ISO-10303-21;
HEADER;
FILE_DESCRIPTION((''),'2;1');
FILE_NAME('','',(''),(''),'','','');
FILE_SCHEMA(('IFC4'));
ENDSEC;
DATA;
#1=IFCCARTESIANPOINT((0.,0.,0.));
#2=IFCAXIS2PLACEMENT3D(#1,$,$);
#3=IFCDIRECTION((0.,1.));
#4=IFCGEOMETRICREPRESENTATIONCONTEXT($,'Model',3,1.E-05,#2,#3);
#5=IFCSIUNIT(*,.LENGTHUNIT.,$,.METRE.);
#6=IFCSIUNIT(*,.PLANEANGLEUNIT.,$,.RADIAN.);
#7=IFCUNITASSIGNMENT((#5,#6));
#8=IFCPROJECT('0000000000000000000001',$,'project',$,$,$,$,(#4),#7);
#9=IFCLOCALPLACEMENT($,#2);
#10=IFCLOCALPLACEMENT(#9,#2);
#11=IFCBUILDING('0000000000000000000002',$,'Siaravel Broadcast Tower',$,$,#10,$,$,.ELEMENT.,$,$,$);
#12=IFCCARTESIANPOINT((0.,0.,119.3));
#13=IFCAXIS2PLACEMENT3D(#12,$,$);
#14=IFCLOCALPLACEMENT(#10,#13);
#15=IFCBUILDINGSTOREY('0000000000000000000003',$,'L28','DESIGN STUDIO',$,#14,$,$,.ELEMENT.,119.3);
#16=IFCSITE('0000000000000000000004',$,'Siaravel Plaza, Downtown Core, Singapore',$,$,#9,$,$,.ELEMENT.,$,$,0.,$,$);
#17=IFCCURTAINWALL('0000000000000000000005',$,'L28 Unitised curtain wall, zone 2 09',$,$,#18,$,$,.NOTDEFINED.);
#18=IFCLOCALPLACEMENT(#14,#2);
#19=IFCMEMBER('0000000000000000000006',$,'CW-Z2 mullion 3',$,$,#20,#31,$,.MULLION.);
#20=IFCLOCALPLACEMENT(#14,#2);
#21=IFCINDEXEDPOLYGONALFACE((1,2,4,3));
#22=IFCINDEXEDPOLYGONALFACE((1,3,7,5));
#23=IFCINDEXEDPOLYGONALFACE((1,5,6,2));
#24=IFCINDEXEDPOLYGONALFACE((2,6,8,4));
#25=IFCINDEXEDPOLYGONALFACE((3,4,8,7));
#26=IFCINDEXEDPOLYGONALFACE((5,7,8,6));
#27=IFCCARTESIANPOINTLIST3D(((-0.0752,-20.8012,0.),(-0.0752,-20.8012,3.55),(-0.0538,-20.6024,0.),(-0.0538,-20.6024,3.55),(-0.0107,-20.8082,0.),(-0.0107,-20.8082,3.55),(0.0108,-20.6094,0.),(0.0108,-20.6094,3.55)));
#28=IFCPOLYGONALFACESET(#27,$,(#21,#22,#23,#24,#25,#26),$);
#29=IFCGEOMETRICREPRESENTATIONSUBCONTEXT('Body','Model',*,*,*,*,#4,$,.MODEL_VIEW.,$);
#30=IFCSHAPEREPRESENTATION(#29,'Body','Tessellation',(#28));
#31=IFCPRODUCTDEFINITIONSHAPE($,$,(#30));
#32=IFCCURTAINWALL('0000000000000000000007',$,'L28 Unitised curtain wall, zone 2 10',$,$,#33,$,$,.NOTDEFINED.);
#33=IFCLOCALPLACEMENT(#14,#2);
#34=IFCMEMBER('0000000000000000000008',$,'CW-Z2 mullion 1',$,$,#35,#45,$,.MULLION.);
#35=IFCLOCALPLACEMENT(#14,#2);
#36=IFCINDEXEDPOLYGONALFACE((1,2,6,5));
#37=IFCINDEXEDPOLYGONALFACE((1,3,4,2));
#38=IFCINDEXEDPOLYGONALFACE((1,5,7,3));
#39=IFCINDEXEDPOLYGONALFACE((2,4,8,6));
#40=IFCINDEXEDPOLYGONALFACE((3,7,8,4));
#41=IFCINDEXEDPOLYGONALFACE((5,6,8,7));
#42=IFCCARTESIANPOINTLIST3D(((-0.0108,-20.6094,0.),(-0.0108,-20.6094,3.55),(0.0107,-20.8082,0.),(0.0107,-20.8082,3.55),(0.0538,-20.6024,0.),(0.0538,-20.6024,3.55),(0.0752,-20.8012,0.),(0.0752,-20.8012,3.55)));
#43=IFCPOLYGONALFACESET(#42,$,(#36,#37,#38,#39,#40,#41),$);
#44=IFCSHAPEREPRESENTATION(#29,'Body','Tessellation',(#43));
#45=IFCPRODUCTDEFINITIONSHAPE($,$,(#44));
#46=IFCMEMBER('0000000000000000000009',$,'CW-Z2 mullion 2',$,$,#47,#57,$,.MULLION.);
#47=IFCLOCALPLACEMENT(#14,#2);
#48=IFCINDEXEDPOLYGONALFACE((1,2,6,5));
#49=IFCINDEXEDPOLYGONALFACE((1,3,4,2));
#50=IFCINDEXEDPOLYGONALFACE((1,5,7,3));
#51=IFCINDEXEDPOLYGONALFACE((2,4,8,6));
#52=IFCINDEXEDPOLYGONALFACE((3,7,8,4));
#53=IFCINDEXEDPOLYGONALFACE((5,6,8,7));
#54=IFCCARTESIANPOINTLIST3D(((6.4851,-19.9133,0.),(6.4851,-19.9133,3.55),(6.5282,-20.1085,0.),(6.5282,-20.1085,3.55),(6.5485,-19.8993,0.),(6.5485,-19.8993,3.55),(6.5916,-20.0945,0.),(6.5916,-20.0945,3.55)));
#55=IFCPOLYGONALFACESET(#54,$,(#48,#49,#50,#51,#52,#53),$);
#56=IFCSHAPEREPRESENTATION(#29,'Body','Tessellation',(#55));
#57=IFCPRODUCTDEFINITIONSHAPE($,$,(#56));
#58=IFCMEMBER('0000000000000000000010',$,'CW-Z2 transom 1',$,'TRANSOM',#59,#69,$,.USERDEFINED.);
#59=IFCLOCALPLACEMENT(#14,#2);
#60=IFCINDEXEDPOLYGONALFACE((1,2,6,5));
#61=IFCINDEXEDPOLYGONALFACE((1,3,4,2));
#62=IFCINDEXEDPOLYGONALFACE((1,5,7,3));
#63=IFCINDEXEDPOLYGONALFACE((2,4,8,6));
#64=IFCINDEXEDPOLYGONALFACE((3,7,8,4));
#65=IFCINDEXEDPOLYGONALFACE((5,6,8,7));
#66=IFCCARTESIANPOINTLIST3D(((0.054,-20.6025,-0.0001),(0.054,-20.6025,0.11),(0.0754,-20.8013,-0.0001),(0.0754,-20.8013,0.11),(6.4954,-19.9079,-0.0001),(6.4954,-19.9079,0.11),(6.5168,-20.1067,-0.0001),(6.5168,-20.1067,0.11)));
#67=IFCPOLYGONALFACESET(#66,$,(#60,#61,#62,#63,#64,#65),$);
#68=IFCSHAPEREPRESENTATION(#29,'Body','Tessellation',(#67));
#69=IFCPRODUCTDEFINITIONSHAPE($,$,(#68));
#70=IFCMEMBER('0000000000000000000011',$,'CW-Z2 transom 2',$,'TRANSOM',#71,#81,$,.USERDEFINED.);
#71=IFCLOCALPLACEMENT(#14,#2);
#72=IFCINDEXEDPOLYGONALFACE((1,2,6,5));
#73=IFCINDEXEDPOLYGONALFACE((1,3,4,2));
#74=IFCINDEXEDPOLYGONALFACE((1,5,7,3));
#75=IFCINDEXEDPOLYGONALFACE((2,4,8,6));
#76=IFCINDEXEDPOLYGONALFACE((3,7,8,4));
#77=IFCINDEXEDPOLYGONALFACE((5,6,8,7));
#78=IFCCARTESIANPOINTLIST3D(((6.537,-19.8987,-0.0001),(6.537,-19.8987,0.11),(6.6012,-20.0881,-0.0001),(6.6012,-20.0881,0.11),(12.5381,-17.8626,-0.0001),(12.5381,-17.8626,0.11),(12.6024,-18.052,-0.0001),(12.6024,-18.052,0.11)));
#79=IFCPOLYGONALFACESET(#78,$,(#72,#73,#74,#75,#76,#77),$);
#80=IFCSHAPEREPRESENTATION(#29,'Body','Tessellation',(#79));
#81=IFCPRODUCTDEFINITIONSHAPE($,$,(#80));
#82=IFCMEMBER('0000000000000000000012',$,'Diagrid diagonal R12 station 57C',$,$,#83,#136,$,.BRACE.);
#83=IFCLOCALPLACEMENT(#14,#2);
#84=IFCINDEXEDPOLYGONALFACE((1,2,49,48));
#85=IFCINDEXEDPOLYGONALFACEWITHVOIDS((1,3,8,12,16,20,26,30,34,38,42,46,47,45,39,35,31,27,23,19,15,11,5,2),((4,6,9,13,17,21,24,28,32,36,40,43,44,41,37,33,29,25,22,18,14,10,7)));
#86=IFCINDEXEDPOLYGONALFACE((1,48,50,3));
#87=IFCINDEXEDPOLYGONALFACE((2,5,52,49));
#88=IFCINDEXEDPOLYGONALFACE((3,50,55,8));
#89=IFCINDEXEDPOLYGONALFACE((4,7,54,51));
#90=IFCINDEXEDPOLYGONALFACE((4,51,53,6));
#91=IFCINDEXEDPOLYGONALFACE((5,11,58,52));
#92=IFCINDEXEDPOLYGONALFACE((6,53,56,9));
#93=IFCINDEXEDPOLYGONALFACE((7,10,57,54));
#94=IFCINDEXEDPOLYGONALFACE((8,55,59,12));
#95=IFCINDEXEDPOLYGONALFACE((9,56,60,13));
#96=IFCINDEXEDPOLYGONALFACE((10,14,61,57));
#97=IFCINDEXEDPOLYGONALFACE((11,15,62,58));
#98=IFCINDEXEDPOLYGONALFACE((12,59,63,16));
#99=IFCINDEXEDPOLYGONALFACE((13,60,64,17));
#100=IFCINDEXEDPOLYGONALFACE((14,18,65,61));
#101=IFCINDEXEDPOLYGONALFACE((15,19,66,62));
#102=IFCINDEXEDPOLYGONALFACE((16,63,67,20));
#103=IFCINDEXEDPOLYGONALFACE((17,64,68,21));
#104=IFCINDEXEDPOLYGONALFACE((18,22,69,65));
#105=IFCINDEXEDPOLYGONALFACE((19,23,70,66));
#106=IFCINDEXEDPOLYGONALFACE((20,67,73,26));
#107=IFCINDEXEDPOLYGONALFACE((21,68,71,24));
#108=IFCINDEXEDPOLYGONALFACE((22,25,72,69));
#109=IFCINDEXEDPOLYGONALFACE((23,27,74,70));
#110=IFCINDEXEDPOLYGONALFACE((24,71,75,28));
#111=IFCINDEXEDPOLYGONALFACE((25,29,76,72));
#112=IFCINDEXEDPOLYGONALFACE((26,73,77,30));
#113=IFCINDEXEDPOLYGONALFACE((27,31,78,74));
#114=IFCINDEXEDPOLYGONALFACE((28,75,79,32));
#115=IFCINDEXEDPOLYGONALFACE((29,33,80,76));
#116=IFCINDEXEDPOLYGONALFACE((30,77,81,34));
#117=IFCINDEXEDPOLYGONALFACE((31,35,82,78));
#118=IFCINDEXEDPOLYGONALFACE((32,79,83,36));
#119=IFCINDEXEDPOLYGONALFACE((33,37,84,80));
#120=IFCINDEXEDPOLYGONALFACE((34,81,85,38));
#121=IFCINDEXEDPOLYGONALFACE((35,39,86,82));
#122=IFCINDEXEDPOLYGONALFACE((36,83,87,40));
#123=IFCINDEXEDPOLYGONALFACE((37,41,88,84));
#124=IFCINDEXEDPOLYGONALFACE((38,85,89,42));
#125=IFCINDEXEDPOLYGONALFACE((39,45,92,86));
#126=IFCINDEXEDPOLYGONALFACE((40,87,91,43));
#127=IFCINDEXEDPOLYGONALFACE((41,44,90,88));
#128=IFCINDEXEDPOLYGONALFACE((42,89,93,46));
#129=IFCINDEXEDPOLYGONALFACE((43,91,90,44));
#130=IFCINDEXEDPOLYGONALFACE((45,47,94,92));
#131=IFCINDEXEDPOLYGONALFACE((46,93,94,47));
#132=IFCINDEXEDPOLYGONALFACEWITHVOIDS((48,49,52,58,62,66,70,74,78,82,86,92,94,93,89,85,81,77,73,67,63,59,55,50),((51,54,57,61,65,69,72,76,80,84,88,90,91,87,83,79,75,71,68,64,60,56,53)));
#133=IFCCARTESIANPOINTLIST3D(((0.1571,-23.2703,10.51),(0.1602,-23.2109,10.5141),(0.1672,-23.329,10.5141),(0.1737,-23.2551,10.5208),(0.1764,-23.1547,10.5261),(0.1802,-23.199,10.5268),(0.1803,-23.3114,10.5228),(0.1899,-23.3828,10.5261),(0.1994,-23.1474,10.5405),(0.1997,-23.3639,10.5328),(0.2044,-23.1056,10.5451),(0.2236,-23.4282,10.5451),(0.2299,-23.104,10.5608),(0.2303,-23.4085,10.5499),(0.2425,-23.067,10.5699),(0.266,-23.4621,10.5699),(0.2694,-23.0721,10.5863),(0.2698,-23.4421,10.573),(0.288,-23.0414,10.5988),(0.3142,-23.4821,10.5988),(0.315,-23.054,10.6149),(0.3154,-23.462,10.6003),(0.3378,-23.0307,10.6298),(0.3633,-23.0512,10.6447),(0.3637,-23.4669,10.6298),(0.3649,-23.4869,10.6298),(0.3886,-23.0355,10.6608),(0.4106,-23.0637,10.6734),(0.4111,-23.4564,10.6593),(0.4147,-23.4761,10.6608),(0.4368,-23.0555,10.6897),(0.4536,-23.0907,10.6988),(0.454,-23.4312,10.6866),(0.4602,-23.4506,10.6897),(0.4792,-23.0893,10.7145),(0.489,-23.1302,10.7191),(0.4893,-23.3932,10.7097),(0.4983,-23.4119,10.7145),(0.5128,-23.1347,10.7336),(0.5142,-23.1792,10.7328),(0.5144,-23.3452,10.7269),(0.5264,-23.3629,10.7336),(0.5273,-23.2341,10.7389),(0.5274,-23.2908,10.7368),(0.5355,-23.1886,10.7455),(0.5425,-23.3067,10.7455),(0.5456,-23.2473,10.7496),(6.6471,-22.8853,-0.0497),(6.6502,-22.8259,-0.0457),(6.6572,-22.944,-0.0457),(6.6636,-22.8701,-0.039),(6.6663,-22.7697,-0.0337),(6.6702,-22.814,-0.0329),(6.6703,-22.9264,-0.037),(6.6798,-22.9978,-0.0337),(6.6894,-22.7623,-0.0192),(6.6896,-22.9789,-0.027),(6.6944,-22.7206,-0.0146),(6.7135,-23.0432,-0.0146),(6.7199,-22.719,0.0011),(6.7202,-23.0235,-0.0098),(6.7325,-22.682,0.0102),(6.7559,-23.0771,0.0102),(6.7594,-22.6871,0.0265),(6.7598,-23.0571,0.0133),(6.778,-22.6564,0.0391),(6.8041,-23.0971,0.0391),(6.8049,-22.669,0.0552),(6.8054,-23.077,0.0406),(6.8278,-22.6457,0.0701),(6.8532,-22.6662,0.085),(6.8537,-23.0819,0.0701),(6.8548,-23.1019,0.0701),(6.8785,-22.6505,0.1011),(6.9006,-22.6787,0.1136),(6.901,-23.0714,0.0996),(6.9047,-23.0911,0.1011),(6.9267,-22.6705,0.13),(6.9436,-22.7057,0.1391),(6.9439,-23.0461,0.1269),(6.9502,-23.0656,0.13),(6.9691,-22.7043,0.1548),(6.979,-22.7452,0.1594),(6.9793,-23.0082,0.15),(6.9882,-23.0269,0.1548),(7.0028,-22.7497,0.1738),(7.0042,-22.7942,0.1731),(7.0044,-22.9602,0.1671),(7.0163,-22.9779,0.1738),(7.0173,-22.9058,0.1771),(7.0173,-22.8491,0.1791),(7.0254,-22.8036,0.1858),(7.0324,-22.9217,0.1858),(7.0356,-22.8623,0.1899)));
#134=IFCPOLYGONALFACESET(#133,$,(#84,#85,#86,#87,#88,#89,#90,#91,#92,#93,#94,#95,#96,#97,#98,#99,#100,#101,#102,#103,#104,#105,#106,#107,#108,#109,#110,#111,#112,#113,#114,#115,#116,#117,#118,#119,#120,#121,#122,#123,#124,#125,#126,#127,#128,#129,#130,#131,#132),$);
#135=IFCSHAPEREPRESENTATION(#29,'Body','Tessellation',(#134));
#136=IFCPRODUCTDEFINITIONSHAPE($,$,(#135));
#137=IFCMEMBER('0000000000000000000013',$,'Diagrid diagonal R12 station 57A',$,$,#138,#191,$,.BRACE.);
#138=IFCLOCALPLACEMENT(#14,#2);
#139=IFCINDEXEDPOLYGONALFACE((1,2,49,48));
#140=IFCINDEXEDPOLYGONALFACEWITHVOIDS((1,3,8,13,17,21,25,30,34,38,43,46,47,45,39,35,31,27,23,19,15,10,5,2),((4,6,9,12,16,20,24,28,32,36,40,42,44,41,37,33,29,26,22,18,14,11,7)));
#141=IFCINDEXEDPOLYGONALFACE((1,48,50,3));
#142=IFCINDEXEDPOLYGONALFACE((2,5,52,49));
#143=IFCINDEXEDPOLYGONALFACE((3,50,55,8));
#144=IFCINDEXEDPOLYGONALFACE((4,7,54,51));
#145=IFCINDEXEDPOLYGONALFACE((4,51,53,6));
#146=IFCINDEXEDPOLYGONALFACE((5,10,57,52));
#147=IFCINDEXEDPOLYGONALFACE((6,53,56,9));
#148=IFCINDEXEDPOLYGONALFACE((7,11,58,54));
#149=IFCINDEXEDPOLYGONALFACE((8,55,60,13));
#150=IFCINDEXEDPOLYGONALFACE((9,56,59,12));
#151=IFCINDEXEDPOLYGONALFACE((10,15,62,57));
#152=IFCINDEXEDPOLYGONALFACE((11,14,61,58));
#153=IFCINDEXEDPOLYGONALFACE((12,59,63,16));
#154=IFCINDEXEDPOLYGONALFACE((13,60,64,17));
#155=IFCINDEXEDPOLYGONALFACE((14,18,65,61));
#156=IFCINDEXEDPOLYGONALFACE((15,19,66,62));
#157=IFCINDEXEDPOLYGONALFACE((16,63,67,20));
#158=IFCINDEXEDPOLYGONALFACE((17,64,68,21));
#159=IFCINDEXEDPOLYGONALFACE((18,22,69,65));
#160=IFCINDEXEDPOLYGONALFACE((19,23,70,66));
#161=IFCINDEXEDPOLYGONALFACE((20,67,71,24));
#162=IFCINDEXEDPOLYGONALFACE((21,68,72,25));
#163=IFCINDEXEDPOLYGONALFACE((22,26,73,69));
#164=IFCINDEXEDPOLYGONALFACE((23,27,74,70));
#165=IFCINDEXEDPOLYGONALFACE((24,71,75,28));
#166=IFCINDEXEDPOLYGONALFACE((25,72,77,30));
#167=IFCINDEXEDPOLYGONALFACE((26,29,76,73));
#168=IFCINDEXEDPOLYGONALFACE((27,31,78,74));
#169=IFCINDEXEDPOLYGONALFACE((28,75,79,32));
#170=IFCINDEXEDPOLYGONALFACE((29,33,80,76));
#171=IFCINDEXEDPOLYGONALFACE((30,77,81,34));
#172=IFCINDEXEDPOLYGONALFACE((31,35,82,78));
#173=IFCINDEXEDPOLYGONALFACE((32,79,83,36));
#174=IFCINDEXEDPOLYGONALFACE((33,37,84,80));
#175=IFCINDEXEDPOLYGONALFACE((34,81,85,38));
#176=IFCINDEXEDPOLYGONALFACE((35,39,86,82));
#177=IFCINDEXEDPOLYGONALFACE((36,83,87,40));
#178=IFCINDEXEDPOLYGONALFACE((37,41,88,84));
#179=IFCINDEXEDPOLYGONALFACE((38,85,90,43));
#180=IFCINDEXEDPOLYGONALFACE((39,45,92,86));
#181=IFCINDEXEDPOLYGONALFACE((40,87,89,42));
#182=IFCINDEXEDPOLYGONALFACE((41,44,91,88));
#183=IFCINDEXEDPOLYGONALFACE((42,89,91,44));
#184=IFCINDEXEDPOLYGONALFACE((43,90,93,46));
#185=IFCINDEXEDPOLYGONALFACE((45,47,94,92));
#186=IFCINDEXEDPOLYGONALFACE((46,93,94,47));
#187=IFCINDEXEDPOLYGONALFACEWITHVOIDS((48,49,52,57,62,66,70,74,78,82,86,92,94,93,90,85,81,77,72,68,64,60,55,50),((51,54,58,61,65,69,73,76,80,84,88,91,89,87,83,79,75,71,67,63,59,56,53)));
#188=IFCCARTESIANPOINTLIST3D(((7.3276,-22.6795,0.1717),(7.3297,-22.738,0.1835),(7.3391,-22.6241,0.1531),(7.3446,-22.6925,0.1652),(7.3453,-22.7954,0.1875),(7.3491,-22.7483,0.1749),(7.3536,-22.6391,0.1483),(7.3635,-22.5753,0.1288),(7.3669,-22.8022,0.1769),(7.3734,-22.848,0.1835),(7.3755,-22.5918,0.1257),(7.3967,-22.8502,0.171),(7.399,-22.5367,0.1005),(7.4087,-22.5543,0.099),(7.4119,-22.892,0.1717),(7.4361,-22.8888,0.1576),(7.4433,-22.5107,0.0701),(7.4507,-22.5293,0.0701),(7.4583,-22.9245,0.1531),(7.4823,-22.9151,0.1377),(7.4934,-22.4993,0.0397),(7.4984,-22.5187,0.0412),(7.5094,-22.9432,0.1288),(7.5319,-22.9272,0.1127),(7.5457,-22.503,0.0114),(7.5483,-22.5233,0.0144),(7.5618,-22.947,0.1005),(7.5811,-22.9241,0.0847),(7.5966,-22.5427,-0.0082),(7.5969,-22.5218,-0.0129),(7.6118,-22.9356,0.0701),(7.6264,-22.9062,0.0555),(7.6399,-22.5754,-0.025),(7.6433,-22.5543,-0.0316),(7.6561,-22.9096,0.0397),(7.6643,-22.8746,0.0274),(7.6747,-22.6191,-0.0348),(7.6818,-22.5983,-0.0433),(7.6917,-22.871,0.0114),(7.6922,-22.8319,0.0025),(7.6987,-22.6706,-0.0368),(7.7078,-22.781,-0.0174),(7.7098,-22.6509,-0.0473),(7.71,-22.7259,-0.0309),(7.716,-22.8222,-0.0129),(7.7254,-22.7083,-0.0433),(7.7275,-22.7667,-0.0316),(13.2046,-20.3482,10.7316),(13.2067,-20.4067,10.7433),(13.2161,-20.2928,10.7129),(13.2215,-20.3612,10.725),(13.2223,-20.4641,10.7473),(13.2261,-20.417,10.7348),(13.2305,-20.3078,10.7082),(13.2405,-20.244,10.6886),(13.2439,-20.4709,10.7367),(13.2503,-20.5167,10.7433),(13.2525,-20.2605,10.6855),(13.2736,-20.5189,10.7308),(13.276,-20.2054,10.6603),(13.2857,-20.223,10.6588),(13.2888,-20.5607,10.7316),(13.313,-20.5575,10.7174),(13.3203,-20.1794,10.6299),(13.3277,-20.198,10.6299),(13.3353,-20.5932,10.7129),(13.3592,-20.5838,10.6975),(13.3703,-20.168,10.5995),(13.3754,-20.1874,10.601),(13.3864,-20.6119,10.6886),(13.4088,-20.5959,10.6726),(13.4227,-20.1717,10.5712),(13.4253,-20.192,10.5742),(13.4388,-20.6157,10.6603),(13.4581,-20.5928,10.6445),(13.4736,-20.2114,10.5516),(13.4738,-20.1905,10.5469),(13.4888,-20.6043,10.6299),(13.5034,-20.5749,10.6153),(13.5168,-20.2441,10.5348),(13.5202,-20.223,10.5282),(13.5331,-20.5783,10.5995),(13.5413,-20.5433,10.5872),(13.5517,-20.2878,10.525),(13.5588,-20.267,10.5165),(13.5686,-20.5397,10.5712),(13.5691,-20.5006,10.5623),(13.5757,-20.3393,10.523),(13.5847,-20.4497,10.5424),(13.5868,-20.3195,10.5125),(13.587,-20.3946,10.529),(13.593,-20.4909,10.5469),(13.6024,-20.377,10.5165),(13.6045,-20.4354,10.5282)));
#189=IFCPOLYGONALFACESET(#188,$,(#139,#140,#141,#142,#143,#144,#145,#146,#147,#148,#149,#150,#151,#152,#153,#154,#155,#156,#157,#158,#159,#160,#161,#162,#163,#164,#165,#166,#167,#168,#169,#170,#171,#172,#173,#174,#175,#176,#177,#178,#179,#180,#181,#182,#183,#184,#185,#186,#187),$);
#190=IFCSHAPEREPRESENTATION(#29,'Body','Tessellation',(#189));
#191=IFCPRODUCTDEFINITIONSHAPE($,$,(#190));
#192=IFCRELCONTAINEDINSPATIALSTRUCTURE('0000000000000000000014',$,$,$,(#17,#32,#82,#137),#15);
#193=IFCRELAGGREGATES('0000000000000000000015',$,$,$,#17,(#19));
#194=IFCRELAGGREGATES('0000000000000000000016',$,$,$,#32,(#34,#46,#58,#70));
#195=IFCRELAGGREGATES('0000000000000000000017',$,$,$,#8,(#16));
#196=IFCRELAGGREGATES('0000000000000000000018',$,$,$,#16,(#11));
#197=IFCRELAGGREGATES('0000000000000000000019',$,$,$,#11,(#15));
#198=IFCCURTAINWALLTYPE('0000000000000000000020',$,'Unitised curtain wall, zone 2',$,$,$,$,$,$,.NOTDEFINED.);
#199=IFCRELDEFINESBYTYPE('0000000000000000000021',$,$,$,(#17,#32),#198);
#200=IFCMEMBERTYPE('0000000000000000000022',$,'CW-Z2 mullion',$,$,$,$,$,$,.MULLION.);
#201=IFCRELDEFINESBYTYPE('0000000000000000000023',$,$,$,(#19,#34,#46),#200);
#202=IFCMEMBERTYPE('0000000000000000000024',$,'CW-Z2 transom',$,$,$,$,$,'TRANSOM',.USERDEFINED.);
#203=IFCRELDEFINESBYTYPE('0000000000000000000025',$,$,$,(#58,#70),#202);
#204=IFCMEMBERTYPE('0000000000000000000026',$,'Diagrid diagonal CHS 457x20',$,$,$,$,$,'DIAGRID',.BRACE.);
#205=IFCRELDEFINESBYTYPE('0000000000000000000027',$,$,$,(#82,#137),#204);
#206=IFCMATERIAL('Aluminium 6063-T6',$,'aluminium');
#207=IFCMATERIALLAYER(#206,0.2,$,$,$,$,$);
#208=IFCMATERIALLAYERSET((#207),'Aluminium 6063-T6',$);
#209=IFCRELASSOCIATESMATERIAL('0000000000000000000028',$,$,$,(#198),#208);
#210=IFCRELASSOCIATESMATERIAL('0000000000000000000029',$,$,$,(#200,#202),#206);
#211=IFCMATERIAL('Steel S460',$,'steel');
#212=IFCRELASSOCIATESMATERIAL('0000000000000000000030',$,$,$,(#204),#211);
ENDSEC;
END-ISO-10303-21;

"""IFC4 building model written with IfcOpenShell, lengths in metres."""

from ifc_helpers import new_model, si_unit, direction, frame, origin, origin_2d, place, context, subcontext, project, spatial, rectangle, hollow_circle, extrude, material, layer, layer_set, material_profile, profile_set, type_object, element, aggregate, save


model = new_model("IFC4")

# Units and contexts
model_context = context("Model", 3, precision=1e-05, world=origin(), true_north=direction((0.0, 1.0)))
body_context = subcontext(model_context, "Body", "Model", "MODEL_VIEW")
ifc_project = project(units=[si_unit("LENGTHUNIT", "METRE"), si_unit("PLANEANGLEUNIT", "RADIAN")], contexts=[model_context])

# Site, building, storey
site_placement = place(None, origin())
site = spatial("IfcSite", under=ifc_project, at=site_placement, Name="Siaravel Plaza, Downtown Core, Singapore", CompositionType="ELEMENT", RefElevation=0.0)
building_placement = place(site_placement, origin())
building = spatial("IfcBuilding", under=site, at=building_placement, Name="Siaravel Broadcast Tower", CompositionType="ELEMENT")
storey_placement = place(building_placement, frame((0.0, 0.0, 119.3)))
storey = spatial("IfcBuildingStorey", under=building, at=storey_placement, Name="L28", Description="DESIGN STUDIO", CompositionType="ELEMENT", Elevation=119.3)

# Curtain wall, member
ifc_material_1 = material(Name="Aluminium 6063-T6", Category="aluminium")
ifc_layer_1 = layer(ifc_material_1, 0.2)
ifc_layer_set_1 = layer_set([ifc_layer_1], Name="Aluminium 6063-T6")
curtain_wall_type = type_object("IfcCurtainWallType", Name="Unitised curtain wall, zone 2", PredefinedType="NOTDEFINED", material=ifc_layer_set_1)
curtain_wall_1_placement = place(storey_placement, origin())
curtain_wall_1 = element("IfcCurtainWall", 1, at=curtain_wall_1_placement, inside=storey, type_object=curtain_wall_type, Name="L28 Unitised curtain wall, zone 2 09", PredefinedType="NOTDEFINED")
ifc_material_profile_1 = material_profile(ifc_material_1, rectangle(XDim=0.2, YDim=0.0649, at=origin_2d()))
ifc_profile_set_1 = profile_set([ifc_material_profile_1], Name="Aluminium 6063-T6")
member_type_1 = type_object("IfcMemberType", Name="CW-Z2 mullion", PredefinedType="MULLION", material=ifc_profile_set_1)
member_1_placement = place(storey_placement, frame((-0.0322, -20.7053, 0.0), z_axis=(0.0, 0.0, 1.0), x_axis=(0.107217, 0.994236, 0.0)))
member_1 = element("IfcMember", 2, at=member_1_placement, type_object=member_type_1, Name="CW-Z2 mullion 3", PredefinedType="MULLION", context=body_context, shape_type="SweptSolid", body=[
    extrude(rectangle(XDim=0.2, YDim=0.0649, at=origin_2d()), origin(), (0.0, 0.0, 1.0), 3.55),
])
aggregate(curtain_wall_1, [member_1])

# Curtain wall, members
curtain_wall_2_placement = place(storey_placement, origin())
curtain_wall_2 = element("IfcCurtainWall", 3, at=curtain_wall_2_placement, inside=storey, type_object=curtain_wall_type, Name="L28 Unitised curtain wall, zone 2 10", PredefinedType="NOTDEFINED")
member_2_placement = place(storey_placement, frame((0.0322, -20.7053, 0.0), z_axis=(0.0, 0.0, 1.0), x_axis=(-0.107217, 0.994236, 0.0)))
member_2 = element("IfcMember", 4, at=member_2_placement, type_object=member_type_1, Name="CW-Z2 mullion 1", PredefinedType="MULLION", context=body_context, shape_type="SweptSolid", body=[
    extrude(rectangle(XDim=0.2, YDim=0.0649, at=origin_2d()), origin(), (0.0, 0.0, 1.0), 3.55),
])
member_3_placement = place(storey_placement, frame((6.5383, -20.0039, 0.0), z_axis=(0.0, 0.0, 1.0), x_axis=(-0.215558, 0.976491, 0.0)))
member_3 = element("IfcMember", 5, at=member_3_placement, type_object=member_type_1, Name="CW-Z2 mullion 2", PredefinedType="MULLION", context=body_context, shape_type="SweptSolid", body=[
    extrude(rectangle(XDim=0.2, YDim=0.0649, at=origin_2d()), origin(), (0.0, 0.0, 1.0), 3.55),
])
ifc_material_profile_2 = material_profile(ifc_material_1, rectangle(XDim=0.2, YDim=0.1101, at=origin_2d()))
ifc_profile_set_2 = profile_set([ifc_material_profile_2], Name="Aluminium 6063-T6")
member_type_2 = type_object("IfcMemberType", Name="CW-Z2 transom", ElementType="TRANSOM", PredefinedType="USERDEFINED", material=ifc_profile_set_2)
member_4_placement = place(storey_placement, frame((0.0647, -20.7019, 0.0549), z_axis=(0.994237, 0.107209, 0.0), x_axis=(-0.107209, 0.994237, 0.0)))
member_4 = element("IfcMember", 6, at=member_4_placement, type_object=member_type_2, Name="CW-Z2 transom 1", ObjectType="TRANSOM", PredefinedType="USERDEFINED", context=body_context, shape_type="SweptSolid", body=[
    extrude(rectangle(XDim=0.2, YDim=0.1101, at=origin_2d()), origin(), (0.0, 0.0, 1.0), 6.4788),
])
member_5_placement = place(storey_placement, frame((6.5691, -19.9934, 0.0549), z_axis=(0.946978, 0.321297, 0.0), x_axis=(-0.321297, 0.946978, 0.0)))
member_5 = element("IfcMember", 7, at=member_5_placement, type_object=member_type_2, Name="CW-Z2 transom 2", ObjectType="TRANSOM", PredefinedType="USERDEFINED", context=body_context, shape_type="SweptSolid", body=[
    extrude(rectangle(XDim=0.2, YDim=0.1101, at=origin_2d()), origin(), (0.0, 0.0, 1.0), 6.3372),
])

# Members
ifc_material_2 = material(Name="Steel S460", Category="steel")
ifc_material_profile_3 = material_profile(ifc_material_2, hollow_circle(Radius=0.2285, WallThickness=0.02, at=origin_2d()))
ifc_profile_set_3 = profile_set([ifc_material_profile_3], Name="Steel S460")
member_type_3 = type_object("IfcMemberType", Name="Diagrid diagonal CHS 457x20", ElementType="DIAGRID", PredefinedType="BRACE", material=ifc_profile_set_3)
member_6_placement = place(storey_placement, frame((6.8413, -22.8738, 0.0701), z_axis=(-0.523356, -0.031047, 0.851548), x_axis=(0.05922, -0.998245, 0.0)))
element("IfcMember", 8, at=member_6_placement, inside=storey, type_object=member_type_3, Name="Diagrid diagonal R12 station 57C", PredefinedType="BRACE", context=body_context, shape_type="SweptSolid", body=[
    extrude(hollow_circle(Radius=0.2285, WallThickness=0.02, at=origin_2d()), origin(), (0.0, 0.0, 1.0), 12.4006),
])
member_7_placement = place(storey_placement, frame((7.5276, -22.7231, 0.0701), z_axis=(0.477496, 0.189416, 0.857974), x_axis=(-0.368733, 0.929535, 0.0)))
element("IfcMember", 9, at=member_7_placement, inside=storey, type_object=member_type_3, Name="Diagrid diagonal R12 station 57A", PredefinedType="BRACE", context=body_context, shape_type="SweptSolid", body=[
    extrude(hollow_circle(Radius=0.2285, WallThickness=0.02, at=origin_2d()), origin(), (0.0, 0.0, 1.0), 12.3079),
])

aggregate(curtain_wall_2, [member_2, member_3, member_4, member_5])

save(model, "model.ifc")
